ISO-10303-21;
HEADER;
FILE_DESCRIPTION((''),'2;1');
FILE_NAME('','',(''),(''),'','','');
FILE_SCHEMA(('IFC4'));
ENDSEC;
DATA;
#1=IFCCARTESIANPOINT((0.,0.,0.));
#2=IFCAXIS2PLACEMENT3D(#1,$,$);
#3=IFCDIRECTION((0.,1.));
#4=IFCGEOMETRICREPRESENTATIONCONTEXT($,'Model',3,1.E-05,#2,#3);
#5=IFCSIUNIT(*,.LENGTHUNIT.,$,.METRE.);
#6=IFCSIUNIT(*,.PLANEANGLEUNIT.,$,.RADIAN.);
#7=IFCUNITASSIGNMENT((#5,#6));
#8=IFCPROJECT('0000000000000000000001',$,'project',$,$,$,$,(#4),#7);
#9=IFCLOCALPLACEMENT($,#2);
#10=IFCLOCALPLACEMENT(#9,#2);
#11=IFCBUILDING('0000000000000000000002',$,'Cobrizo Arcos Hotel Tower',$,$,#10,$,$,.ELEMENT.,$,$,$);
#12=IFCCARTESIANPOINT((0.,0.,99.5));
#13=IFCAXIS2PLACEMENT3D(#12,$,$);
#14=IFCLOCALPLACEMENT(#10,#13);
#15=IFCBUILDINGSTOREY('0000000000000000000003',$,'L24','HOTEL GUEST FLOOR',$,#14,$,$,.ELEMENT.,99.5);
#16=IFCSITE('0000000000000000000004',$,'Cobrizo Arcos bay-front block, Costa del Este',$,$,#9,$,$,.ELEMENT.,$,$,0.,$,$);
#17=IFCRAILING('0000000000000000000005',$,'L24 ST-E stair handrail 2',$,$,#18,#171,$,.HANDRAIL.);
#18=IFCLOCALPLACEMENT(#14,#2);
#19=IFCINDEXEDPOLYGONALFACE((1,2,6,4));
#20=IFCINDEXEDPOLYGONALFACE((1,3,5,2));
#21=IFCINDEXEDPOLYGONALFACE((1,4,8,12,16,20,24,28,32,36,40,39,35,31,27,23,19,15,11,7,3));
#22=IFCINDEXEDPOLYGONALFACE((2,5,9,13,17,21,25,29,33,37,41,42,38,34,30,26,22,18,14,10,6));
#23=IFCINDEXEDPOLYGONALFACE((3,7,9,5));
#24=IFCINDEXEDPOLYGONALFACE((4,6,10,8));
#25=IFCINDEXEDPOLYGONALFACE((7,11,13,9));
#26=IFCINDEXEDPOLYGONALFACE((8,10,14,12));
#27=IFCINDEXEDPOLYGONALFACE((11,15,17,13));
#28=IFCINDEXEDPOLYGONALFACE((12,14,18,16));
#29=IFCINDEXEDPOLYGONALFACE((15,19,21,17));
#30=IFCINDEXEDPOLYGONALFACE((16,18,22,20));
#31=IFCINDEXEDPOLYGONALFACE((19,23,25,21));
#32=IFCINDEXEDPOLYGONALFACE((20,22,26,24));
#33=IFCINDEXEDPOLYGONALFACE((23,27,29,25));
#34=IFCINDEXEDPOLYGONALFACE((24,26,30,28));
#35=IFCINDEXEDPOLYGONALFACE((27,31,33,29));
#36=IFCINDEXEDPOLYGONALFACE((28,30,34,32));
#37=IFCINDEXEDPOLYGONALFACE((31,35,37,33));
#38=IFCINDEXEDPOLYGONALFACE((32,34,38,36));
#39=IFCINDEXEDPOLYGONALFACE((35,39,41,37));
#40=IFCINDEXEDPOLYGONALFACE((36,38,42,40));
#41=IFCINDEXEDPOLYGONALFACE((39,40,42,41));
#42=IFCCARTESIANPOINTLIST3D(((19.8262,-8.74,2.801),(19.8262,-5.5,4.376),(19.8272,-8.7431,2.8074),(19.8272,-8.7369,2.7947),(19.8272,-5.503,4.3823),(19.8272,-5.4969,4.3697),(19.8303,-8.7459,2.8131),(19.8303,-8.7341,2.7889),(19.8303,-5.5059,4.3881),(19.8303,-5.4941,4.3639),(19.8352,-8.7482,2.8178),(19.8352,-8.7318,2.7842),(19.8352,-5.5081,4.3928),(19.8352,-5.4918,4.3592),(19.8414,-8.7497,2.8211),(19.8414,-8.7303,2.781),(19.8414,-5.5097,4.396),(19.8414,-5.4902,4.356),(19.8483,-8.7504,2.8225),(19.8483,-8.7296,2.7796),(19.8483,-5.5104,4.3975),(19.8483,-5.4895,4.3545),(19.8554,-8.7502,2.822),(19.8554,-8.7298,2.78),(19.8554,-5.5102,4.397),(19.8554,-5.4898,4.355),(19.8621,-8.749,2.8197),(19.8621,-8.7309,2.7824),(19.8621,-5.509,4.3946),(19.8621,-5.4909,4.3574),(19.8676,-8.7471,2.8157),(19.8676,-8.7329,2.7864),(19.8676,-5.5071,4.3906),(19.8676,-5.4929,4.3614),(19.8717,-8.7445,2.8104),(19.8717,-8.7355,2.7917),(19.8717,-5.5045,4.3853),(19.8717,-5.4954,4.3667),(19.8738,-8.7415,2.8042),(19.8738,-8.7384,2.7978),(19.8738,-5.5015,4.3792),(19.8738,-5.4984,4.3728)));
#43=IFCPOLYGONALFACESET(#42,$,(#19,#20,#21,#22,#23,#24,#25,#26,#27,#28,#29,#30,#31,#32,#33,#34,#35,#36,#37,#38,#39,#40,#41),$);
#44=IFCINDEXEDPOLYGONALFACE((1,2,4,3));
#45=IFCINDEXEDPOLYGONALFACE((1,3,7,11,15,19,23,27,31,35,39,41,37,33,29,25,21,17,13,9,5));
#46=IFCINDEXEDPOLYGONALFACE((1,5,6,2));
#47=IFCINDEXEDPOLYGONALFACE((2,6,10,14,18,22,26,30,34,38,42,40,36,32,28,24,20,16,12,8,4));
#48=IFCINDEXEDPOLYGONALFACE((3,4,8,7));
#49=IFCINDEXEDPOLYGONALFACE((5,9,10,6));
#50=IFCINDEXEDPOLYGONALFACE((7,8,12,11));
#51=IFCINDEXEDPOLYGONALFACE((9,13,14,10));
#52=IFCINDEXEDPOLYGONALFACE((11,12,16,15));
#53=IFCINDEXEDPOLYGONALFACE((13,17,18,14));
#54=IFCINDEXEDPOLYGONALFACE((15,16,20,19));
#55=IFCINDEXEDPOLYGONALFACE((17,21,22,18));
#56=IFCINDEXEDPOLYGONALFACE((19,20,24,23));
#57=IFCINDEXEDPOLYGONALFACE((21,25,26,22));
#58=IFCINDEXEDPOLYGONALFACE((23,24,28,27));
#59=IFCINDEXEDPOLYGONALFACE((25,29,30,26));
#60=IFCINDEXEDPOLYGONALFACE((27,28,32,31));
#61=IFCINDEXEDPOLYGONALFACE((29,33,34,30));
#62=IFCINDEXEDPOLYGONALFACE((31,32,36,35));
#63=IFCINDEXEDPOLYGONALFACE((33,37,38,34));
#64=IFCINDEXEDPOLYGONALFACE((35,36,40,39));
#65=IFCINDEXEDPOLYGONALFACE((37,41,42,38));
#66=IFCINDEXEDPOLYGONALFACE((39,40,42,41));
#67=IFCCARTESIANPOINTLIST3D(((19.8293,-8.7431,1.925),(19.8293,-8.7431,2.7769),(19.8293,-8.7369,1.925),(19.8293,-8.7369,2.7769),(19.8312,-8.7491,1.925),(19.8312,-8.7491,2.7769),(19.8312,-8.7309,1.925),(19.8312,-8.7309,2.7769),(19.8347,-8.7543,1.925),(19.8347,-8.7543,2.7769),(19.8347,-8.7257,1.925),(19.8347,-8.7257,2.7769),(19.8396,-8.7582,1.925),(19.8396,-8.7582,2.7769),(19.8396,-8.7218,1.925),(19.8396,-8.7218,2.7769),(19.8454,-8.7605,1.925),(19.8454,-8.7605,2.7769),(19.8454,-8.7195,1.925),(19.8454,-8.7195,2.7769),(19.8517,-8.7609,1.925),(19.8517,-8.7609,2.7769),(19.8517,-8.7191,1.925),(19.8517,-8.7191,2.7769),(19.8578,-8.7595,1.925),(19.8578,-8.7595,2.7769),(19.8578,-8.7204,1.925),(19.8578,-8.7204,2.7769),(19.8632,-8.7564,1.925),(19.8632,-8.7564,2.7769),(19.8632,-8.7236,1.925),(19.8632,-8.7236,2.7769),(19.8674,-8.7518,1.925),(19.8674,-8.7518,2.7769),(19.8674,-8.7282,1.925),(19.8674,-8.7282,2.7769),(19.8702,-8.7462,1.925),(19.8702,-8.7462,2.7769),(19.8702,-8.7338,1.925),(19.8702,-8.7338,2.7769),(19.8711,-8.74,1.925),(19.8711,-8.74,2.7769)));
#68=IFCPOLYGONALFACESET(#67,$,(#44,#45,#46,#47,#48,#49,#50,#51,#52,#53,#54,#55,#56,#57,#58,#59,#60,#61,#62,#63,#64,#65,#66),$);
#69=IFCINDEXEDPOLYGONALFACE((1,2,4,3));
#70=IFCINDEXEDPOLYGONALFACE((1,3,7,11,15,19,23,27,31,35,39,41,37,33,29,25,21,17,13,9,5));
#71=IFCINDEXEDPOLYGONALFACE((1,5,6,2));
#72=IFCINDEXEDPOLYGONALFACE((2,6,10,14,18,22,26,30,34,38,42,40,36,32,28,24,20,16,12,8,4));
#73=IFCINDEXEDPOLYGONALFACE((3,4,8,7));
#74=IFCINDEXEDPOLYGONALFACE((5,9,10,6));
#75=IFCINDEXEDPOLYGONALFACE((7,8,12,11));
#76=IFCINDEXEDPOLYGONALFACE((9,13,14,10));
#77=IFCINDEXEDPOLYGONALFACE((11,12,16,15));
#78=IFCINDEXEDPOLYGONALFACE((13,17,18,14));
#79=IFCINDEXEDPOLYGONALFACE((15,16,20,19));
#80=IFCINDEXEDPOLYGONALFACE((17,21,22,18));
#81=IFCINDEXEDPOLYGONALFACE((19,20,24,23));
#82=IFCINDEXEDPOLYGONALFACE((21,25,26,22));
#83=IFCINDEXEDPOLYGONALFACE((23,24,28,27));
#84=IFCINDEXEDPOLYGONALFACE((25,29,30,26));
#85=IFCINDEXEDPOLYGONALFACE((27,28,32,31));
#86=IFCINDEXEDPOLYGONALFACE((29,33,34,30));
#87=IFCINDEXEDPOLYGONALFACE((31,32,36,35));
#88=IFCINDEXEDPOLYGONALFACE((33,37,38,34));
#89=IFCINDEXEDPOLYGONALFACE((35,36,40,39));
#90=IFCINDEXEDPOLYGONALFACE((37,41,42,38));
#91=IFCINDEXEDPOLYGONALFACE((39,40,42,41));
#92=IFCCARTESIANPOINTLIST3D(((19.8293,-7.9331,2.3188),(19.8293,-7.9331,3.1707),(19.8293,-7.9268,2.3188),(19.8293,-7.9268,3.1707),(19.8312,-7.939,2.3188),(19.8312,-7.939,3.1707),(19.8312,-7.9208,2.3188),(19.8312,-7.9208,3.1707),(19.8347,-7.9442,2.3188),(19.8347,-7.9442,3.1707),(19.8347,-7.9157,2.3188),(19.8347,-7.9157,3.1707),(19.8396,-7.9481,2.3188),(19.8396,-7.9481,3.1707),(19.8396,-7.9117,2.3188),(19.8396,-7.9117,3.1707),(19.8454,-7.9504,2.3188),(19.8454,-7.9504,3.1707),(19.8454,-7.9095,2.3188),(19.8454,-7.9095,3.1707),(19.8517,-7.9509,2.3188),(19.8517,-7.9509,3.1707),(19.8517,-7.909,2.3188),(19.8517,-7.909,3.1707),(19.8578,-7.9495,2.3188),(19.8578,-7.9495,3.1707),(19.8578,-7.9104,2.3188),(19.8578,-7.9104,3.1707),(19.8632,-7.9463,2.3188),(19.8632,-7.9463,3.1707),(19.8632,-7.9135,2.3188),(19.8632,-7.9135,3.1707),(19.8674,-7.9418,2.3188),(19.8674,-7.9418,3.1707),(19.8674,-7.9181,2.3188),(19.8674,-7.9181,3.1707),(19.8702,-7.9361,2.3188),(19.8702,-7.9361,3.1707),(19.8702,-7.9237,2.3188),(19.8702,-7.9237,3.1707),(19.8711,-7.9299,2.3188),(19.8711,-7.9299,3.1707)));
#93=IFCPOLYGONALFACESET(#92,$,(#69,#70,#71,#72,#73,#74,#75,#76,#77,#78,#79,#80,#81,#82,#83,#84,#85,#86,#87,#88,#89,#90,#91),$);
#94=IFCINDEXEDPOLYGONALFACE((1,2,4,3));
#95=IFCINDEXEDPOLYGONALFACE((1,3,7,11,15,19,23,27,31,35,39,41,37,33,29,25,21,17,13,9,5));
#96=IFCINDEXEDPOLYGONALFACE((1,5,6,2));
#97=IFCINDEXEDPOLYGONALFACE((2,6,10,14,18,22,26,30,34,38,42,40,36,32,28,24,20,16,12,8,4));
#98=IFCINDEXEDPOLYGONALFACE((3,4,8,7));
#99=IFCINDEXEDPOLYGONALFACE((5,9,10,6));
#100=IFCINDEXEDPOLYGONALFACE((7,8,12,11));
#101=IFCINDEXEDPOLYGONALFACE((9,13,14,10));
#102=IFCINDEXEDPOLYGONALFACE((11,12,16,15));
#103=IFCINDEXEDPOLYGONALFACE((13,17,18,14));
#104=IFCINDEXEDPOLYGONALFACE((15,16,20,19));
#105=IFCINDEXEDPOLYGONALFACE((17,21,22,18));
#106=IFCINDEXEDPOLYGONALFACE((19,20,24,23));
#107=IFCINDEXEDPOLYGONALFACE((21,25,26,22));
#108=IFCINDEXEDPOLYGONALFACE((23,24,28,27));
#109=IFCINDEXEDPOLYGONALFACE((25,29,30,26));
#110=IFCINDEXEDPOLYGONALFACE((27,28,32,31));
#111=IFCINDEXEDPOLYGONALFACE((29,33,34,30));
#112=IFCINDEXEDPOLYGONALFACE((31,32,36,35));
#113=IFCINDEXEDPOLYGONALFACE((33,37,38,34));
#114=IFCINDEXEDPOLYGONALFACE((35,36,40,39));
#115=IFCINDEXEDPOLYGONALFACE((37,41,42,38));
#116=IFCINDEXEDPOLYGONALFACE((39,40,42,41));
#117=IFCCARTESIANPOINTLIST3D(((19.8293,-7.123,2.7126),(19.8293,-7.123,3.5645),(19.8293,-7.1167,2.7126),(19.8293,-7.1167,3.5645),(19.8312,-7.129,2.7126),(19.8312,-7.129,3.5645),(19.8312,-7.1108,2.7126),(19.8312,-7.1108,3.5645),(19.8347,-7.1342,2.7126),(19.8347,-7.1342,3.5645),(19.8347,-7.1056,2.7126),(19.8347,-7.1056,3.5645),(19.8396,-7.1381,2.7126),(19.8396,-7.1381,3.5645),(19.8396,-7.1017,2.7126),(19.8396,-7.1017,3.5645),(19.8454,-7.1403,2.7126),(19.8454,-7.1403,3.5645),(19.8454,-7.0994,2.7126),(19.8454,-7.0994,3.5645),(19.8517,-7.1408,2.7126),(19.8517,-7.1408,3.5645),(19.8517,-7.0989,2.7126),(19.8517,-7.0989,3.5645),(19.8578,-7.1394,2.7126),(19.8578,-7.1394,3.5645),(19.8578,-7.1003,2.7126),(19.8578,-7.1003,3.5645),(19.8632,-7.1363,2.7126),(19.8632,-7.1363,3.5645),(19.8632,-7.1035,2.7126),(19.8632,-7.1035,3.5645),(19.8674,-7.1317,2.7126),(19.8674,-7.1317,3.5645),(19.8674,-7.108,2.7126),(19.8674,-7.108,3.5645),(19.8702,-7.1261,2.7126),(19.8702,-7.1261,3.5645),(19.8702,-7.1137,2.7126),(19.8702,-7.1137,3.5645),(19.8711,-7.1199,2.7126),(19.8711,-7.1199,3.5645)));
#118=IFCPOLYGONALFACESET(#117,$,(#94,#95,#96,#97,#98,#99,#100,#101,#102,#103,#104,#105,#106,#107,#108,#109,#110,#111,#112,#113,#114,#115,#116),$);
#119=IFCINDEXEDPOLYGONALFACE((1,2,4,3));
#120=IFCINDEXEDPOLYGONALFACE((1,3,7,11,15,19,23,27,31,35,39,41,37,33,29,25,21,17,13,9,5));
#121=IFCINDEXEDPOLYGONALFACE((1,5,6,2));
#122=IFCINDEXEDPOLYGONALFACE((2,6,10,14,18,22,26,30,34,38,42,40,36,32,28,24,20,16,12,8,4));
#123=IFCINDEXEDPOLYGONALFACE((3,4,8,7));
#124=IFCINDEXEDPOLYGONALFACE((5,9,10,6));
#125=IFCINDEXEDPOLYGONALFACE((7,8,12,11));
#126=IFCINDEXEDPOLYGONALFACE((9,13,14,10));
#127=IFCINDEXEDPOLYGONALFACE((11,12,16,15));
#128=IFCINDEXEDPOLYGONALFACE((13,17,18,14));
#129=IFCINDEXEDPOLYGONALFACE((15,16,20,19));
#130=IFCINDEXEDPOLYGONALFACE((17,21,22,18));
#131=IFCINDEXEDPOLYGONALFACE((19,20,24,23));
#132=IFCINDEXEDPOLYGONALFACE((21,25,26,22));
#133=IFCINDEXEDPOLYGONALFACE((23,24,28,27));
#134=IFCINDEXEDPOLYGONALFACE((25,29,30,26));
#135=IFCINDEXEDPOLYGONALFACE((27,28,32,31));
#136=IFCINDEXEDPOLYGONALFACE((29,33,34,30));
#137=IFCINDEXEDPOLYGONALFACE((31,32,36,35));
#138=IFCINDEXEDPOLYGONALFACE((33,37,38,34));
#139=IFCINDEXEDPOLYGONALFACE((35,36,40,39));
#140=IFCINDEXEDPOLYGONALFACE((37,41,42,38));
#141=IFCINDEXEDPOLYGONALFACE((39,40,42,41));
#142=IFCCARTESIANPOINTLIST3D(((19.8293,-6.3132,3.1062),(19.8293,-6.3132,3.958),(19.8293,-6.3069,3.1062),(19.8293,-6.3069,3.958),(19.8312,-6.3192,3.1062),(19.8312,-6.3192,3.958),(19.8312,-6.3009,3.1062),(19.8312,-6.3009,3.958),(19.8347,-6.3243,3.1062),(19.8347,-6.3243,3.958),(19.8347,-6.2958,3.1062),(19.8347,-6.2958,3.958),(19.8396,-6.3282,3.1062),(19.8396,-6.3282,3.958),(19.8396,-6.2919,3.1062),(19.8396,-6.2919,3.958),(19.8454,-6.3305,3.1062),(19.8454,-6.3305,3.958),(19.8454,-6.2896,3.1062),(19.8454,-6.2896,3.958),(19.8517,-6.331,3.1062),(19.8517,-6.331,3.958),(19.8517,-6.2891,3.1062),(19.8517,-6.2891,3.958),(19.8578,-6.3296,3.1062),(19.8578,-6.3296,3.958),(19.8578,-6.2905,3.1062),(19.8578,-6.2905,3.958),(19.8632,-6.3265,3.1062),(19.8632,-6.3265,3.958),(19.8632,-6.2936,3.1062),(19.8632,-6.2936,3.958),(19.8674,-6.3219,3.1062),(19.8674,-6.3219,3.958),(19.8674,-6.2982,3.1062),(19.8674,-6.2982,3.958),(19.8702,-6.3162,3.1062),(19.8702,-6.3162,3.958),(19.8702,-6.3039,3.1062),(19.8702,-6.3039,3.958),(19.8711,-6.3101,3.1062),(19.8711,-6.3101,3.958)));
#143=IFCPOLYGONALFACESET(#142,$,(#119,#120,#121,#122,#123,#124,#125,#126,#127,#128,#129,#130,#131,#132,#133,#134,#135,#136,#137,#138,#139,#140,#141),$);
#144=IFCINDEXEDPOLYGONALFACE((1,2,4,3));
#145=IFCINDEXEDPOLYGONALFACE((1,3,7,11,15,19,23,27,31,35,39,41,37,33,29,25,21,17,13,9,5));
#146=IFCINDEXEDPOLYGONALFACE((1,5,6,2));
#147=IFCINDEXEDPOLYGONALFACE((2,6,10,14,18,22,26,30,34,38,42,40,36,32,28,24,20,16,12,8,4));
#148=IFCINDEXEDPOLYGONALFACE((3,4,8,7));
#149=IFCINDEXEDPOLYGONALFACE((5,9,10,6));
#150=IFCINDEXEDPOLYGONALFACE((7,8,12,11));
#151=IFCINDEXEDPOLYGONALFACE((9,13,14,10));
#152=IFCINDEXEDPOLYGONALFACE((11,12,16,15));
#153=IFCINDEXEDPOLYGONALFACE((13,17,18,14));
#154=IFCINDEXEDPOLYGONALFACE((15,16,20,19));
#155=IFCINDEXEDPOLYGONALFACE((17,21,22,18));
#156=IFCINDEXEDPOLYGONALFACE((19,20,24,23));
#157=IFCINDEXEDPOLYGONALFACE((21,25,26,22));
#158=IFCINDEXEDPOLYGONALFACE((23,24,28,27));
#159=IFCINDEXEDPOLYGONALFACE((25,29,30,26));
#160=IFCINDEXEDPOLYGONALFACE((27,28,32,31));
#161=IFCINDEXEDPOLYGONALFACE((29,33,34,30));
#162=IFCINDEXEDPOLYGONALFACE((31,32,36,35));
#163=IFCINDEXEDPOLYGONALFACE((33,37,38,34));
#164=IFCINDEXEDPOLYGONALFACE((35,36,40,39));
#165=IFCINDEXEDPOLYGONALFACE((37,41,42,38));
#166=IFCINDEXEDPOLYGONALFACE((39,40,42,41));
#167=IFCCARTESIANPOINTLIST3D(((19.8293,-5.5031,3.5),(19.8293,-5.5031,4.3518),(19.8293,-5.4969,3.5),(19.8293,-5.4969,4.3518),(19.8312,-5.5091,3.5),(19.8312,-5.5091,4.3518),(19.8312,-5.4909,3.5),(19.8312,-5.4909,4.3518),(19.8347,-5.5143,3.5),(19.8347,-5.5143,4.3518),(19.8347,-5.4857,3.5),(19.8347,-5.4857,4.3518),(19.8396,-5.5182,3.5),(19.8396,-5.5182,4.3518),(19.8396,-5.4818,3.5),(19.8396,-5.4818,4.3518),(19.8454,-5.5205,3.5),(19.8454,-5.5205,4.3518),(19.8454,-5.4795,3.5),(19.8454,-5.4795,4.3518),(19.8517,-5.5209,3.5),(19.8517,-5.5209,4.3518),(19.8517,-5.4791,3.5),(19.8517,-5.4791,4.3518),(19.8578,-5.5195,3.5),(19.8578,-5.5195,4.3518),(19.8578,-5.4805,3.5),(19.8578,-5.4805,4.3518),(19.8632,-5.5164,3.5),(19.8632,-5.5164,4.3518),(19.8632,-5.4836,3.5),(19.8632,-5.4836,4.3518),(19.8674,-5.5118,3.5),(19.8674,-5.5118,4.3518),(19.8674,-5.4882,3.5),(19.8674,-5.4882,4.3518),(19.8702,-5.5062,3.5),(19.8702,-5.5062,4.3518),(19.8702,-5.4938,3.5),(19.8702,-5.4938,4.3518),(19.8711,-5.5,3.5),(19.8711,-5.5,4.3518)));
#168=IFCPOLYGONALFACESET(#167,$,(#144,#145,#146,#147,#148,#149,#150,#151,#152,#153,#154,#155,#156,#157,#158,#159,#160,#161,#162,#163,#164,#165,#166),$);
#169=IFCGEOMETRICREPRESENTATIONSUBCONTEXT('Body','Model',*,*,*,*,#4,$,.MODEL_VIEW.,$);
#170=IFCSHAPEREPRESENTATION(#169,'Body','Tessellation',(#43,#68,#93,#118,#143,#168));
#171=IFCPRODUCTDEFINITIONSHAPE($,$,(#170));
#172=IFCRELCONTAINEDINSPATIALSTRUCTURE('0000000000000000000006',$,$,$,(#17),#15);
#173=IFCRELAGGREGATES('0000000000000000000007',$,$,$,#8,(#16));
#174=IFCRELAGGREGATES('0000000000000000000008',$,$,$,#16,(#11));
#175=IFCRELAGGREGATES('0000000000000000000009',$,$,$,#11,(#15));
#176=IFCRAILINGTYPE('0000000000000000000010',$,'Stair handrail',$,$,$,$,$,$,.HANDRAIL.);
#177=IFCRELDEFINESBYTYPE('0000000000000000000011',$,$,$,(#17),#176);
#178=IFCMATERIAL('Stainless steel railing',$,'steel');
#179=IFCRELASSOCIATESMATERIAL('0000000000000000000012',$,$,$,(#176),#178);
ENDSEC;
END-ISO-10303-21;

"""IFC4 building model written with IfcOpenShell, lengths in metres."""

from ifc_helpers import new_model, si_unit, direction, frame, origin, origin_2d, place, context, subcontext, project, spatial, circle, extrude, material, type_object, element, save


model = new_model("IFC4")

# Units and contexts
model_context = context("Model", 3, precision=1e-05, world=origin(), true_north=direction((0.0, 1.0)))
body_context = subcontext(model_context, "Body", "Model", "MODEL_VIEW")
ifc_project = project(units=[si_unit("LENGTHUNIT", "METRE"), si_unit("PLANEANGLEUNIT", "RADIAN")], contexts=[model_context])

# Site, building, storey
site_placement = place(None, origin())
site = spatial("IfcSite", under=ifc_project, at=site_placement, Name="Cobrizo Arcos bay-front block, Costa del Este", CompositionType="ELEMENT", RefElevation=0.0)
building_placement = place(site_placement, origin())
building = spatial("IfcBuilding", under=site, at=building_placement, Name="Cobrizo Arcos Hotel Tower", CompositionType="ELEMENT")
storey_placement = place(building_placement, frame((0.0, 0.0, 99.5)))
storey = spatial("IfcBuildingStorey", under=building, at=storey_placement, Name="L24", Description="HOTEL GUEST FLOOR", CompositionType="ELEMENT", Elevation=99.5)

# Railing
ifc_material_1 = material(Name="Stainless steel railing", Category="steel")
railing_type_1 = type_object("IfcRailingType", Name="Stair handrail", PredefinedType="HANDRAIL", material=ifc_material_1)
railing_1_placement = place(storey_placement, frame((19.8501, -8.74, 1.925)))
element("IfcRailing", 1, at=railing_1_placement, inside=storey, type_object=railing_type_1, Name="L24 ST-E stair handrail 2", PredefinedType="HANDRAIL", context=body_context, shape_type="SweptSolid", body=[
    extrude(circle(Radius=0.0239, at=origin_2d()), frame((0.0, 0.0, 0.876), z_axis=(0.0, 0.899373, 0.437183), x_axis=(-1.0, 0.0, 0.0)), (0.0, 0.0, 1.0), 3.6025),
    extrude(circle(Radius=0.021, at=origin_2d()), origin(), (0.0, 0.0, 1.0), 0.8518),
    extrude(circle(Radius=0.021, at=origin_2d()), frame((0.0, 0.8101, 0.3938)), (0.0, 0.0, 1.0), 0.8518),
    extrude(circle(Radius=0.021, at=origin_2d()), frame((0.0, 1.6201, 0.7876)), (0.0, 0.0, 1.0), 0.8518),
    extrude(circle(Radius=0.021, at=origin_2d()), frame((0.0, 2.4299, 1.1812)), (0.0, 0.0, 1.0), 0.8518),
    extrude(circle(Radius=0.021, at=origin_2d()), frame((0.0, 3.24, 1.575)), (0.0, 0.0, 1.0), 0.8518),
])

save(model, "model.ifc")
